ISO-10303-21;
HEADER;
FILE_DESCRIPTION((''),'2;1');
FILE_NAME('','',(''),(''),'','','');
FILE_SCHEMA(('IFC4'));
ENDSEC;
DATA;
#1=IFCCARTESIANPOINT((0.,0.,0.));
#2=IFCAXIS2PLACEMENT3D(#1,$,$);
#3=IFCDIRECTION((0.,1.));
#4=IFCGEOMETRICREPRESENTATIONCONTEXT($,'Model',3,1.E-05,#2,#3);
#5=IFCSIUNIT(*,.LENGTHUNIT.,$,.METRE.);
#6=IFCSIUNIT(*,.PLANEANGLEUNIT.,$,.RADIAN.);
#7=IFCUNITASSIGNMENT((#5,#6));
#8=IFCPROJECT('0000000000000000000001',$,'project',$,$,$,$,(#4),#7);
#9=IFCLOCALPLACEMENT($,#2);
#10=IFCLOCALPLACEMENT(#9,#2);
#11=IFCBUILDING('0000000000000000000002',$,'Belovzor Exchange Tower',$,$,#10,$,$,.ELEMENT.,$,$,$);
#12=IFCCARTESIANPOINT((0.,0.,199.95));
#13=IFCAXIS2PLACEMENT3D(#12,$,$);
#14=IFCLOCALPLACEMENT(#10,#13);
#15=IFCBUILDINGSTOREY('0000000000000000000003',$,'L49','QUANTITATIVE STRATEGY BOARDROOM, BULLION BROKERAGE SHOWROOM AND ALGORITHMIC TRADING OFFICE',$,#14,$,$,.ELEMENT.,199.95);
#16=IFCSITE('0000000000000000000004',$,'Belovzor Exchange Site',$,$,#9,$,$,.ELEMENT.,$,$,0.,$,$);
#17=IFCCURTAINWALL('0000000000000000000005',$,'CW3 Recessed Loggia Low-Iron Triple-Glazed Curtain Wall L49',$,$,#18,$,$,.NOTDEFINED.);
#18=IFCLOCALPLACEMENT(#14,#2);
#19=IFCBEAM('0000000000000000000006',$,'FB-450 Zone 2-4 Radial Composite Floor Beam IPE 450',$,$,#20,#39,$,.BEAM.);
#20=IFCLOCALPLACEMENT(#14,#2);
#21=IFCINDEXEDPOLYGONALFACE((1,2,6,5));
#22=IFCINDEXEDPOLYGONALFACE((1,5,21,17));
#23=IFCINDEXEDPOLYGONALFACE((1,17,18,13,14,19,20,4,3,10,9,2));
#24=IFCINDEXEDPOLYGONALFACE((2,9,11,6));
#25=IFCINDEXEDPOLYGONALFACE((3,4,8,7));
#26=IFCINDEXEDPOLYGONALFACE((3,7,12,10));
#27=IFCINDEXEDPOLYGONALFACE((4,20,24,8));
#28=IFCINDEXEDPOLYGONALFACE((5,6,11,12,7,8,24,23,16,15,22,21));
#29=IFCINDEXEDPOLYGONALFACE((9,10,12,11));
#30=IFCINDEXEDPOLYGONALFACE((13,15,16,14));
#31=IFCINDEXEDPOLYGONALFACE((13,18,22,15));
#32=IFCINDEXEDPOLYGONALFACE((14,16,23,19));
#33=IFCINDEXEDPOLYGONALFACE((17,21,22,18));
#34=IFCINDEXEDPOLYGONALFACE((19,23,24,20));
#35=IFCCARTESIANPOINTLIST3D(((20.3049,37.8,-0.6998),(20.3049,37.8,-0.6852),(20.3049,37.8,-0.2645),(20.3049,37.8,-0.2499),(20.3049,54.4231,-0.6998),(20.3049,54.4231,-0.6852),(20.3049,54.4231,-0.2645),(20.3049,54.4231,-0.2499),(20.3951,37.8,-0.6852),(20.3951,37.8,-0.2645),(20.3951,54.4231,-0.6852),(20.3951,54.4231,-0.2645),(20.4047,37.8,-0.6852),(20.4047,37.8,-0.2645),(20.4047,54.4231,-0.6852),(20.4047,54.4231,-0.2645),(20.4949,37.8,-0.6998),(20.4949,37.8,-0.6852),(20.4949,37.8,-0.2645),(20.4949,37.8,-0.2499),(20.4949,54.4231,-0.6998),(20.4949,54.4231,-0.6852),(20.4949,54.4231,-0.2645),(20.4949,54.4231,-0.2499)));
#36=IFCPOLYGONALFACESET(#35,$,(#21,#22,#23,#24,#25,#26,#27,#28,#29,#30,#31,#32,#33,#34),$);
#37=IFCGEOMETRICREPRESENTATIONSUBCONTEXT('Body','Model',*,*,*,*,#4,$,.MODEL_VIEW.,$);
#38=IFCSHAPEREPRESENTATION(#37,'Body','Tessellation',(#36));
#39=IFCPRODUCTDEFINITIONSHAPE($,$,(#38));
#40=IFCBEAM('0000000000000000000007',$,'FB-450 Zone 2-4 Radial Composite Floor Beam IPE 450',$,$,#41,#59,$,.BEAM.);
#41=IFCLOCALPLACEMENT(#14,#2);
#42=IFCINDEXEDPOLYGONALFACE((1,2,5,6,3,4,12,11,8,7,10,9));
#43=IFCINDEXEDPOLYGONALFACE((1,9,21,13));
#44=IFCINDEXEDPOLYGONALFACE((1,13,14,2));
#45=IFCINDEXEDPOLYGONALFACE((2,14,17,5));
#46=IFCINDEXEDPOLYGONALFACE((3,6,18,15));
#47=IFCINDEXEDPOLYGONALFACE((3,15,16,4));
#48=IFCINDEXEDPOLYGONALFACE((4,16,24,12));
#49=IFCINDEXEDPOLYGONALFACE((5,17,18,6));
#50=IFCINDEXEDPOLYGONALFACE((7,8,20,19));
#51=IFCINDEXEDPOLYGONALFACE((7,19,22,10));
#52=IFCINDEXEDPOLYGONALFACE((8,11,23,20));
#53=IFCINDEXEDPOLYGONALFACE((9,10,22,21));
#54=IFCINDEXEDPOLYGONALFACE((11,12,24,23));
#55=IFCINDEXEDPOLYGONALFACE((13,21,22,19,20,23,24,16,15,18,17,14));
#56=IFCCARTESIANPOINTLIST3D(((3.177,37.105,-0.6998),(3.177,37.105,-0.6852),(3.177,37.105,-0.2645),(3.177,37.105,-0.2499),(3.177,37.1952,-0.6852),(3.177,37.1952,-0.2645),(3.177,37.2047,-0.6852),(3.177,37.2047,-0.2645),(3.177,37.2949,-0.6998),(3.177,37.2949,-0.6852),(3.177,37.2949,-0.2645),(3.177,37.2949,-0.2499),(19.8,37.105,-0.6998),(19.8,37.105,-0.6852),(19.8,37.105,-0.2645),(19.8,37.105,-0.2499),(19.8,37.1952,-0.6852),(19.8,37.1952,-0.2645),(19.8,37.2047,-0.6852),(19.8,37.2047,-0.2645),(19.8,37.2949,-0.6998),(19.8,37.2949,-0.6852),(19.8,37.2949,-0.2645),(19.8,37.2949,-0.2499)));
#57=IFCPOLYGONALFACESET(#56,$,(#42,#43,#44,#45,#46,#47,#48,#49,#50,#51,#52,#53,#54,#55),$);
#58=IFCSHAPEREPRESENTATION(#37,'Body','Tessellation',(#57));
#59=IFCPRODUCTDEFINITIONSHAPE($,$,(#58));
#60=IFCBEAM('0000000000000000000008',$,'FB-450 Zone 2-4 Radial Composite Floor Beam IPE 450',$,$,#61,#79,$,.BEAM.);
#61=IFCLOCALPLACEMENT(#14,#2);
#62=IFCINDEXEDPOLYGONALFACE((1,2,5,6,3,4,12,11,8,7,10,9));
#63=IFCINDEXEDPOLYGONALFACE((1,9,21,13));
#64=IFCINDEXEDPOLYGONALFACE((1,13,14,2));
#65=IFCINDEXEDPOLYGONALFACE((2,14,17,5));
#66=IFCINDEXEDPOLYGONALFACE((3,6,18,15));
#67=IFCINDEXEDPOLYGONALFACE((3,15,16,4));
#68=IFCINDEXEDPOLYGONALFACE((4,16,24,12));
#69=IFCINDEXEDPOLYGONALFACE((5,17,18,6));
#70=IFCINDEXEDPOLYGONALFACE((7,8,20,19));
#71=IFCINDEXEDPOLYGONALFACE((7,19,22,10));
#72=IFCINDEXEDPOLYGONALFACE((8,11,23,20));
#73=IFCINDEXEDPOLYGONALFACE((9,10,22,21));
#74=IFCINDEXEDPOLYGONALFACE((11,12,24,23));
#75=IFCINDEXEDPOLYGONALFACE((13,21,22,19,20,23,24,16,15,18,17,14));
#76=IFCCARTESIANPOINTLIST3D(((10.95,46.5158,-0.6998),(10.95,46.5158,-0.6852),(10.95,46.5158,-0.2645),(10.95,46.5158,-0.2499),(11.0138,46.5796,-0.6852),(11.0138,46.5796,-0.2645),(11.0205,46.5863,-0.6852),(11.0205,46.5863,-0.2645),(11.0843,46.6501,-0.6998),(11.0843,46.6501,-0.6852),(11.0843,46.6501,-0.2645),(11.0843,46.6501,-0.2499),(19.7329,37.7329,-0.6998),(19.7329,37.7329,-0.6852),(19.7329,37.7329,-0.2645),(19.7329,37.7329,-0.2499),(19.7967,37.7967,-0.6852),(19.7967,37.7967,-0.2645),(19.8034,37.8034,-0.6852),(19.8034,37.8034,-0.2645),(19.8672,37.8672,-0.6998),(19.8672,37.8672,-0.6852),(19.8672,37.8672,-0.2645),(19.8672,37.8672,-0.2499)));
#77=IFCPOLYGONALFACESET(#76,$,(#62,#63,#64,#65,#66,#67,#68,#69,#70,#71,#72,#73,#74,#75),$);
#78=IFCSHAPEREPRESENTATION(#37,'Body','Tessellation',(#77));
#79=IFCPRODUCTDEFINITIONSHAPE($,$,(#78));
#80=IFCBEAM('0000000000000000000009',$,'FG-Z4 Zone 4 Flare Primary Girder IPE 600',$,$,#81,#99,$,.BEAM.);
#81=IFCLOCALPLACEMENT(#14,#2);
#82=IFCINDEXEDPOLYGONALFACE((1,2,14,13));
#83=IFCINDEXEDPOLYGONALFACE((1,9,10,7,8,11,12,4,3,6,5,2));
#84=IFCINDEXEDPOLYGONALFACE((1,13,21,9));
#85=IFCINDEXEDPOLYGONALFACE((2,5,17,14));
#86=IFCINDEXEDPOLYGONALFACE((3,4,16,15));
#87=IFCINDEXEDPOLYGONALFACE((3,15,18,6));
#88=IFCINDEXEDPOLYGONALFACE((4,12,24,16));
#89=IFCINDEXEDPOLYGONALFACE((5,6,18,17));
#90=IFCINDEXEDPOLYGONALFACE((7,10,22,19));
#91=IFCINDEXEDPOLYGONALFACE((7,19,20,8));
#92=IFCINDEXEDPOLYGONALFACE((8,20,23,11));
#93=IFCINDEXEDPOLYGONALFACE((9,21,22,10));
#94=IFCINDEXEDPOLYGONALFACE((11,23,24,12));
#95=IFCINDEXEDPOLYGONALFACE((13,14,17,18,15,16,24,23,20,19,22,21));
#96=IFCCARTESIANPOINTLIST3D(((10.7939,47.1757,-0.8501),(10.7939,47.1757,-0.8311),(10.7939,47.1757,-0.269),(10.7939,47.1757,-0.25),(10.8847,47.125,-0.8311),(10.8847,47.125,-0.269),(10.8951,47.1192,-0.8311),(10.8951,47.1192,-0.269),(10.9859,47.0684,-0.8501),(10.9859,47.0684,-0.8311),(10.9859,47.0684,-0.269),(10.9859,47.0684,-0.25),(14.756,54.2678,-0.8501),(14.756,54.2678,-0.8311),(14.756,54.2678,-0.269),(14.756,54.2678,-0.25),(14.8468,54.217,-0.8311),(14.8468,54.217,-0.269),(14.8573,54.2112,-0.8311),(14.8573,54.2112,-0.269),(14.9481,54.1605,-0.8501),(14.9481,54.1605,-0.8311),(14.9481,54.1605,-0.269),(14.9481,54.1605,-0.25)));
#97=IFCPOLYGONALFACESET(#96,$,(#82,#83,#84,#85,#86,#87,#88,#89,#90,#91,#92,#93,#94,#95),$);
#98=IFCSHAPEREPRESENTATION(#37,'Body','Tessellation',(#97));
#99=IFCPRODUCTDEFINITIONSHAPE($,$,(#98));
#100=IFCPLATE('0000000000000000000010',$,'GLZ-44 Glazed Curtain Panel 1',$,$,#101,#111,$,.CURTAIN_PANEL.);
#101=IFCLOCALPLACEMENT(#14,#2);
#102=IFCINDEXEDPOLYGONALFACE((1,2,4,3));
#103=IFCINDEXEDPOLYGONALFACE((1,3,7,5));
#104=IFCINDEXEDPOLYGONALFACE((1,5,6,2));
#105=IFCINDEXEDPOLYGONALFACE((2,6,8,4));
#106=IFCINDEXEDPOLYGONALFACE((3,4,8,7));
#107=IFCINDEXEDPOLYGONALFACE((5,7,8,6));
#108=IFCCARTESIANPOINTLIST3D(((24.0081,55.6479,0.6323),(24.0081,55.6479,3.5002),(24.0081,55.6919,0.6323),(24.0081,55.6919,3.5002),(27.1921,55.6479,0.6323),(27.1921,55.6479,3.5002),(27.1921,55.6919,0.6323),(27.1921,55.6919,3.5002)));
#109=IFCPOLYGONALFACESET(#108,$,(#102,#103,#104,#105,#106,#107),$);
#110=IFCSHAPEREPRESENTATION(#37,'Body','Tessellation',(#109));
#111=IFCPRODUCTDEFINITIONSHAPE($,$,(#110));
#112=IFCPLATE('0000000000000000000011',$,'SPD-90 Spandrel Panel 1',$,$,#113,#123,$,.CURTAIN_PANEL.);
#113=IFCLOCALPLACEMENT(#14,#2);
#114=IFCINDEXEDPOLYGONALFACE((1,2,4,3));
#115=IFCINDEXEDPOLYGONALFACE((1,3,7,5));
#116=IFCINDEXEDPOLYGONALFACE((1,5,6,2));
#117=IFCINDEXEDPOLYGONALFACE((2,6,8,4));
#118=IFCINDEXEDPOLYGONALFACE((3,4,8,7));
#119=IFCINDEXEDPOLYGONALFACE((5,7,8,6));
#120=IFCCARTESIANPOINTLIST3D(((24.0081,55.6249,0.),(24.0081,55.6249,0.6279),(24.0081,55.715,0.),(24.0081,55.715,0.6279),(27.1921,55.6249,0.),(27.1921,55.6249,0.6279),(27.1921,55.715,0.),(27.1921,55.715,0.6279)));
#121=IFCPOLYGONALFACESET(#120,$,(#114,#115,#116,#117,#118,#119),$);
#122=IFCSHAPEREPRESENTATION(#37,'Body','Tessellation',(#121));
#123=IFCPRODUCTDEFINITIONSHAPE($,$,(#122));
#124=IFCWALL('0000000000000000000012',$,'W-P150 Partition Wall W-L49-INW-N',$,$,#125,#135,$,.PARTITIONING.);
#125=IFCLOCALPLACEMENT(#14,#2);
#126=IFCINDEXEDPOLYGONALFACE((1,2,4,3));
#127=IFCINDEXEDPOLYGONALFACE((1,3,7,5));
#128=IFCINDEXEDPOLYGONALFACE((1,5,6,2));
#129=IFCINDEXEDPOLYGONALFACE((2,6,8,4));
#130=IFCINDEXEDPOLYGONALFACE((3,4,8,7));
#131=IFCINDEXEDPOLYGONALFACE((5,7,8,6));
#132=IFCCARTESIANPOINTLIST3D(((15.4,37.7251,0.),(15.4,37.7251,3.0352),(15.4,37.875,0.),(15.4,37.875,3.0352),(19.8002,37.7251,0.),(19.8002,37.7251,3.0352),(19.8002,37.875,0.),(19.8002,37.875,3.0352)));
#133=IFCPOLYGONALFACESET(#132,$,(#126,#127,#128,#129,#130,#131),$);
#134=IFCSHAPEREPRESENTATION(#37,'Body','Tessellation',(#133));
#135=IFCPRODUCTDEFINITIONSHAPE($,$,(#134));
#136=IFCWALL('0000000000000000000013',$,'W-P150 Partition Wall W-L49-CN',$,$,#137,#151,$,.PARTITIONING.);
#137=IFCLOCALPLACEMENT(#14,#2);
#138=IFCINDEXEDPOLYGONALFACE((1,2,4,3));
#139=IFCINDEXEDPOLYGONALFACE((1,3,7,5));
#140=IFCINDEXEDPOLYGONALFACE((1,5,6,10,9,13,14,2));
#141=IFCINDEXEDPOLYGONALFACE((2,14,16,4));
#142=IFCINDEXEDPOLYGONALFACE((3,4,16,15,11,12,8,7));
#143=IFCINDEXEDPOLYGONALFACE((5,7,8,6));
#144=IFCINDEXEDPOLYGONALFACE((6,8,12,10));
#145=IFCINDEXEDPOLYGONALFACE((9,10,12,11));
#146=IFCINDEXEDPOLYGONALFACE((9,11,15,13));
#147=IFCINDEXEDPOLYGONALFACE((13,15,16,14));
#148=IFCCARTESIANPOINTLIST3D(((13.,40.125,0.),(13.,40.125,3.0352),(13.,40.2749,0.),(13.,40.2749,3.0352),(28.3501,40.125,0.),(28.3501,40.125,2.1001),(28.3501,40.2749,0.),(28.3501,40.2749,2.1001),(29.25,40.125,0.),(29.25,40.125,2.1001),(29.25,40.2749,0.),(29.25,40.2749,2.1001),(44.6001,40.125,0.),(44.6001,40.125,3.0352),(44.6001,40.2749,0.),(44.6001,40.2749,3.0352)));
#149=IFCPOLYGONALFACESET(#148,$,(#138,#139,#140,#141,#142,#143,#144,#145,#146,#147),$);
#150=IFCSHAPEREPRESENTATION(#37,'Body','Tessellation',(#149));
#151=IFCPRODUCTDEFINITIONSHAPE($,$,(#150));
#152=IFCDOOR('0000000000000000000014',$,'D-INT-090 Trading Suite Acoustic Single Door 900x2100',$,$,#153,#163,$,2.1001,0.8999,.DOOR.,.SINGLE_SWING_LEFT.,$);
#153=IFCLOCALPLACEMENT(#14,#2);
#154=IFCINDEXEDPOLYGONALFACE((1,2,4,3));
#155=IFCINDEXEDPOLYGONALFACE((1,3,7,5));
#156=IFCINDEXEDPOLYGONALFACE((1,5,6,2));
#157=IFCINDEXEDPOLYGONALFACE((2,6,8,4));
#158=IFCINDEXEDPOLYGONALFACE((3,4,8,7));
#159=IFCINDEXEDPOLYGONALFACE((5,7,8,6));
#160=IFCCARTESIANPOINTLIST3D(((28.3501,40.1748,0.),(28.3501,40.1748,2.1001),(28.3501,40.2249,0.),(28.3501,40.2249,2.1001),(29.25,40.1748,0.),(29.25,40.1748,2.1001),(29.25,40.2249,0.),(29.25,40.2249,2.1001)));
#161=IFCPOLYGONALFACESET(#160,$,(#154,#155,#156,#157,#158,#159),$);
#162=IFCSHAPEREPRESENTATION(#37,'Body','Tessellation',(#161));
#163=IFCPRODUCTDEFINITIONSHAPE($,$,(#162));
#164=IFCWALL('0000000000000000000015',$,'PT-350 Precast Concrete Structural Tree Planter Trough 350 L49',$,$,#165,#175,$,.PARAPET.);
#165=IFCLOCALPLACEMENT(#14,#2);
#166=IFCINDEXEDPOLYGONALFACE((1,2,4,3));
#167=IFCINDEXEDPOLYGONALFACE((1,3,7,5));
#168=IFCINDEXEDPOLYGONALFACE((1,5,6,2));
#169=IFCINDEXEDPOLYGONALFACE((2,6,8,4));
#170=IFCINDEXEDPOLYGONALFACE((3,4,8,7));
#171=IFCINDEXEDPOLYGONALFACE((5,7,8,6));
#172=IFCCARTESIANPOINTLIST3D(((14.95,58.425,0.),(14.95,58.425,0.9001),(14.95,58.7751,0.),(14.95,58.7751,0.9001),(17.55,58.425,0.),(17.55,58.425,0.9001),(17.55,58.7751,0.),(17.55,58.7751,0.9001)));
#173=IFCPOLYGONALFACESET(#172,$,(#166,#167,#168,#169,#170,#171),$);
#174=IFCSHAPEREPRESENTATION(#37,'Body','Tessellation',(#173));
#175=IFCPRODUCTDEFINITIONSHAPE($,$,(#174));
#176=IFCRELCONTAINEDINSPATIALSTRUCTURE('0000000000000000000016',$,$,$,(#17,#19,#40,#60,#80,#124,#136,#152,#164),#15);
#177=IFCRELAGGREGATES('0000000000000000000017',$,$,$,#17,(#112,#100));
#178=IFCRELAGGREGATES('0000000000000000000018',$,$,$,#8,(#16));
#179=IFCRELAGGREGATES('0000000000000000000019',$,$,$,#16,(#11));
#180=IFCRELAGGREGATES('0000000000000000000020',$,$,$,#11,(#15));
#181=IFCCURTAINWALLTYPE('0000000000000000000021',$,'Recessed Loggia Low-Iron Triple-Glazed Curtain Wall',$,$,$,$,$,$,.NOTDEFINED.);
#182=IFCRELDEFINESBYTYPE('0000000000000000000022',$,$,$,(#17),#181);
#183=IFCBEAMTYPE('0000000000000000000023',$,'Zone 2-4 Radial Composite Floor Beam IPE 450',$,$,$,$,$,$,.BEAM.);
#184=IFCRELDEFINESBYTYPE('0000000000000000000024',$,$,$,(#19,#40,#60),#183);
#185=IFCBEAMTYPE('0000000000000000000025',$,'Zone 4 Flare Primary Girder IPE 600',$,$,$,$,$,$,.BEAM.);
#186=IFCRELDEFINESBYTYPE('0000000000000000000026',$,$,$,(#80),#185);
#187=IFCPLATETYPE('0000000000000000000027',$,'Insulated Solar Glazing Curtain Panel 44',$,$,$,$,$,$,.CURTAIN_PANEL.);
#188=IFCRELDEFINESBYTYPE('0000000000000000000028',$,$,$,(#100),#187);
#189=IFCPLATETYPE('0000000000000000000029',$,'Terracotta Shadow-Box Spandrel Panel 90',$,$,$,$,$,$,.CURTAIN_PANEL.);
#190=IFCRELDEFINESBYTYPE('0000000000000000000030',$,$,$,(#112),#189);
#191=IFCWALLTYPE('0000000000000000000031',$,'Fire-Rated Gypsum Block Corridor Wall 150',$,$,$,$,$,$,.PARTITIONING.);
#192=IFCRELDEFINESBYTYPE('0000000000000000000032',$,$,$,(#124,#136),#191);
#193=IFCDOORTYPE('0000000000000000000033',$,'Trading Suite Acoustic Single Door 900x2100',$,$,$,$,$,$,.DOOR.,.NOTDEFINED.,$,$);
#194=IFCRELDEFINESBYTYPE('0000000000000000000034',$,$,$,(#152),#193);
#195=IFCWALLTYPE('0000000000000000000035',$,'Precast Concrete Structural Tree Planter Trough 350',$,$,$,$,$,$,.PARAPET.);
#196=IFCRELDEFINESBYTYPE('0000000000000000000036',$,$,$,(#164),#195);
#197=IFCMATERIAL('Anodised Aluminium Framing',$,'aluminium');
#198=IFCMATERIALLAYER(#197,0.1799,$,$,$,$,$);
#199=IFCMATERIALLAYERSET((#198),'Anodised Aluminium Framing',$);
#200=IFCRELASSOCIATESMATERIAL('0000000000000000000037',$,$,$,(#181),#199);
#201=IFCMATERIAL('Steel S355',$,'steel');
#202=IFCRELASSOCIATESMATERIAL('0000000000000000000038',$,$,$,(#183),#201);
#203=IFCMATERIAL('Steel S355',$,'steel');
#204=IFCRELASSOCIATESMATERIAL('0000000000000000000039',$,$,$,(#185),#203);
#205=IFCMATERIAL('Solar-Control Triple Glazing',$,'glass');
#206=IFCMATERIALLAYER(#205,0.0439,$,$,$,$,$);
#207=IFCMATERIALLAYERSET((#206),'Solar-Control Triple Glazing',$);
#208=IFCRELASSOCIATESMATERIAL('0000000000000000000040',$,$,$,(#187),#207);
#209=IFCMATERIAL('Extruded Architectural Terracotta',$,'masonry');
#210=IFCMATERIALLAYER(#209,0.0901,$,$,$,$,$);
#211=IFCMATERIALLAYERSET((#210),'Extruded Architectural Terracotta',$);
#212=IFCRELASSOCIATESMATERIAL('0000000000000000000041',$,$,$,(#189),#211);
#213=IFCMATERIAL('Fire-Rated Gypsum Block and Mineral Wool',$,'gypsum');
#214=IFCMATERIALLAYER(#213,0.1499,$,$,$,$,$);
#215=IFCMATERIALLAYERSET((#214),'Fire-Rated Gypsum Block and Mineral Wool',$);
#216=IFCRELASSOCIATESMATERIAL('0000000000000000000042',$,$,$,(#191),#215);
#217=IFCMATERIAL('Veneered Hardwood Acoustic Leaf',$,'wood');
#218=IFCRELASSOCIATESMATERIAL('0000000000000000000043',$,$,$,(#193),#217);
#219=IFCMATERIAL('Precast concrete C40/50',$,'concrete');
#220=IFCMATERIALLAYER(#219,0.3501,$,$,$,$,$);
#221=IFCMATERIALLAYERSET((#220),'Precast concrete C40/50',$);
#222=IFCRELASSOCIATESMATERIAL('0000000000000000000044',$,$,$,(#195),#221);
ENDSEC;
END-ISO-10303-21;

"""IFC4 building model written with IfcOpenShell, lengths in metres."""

from ifc_helpers import new_model, si_unit, direction, frame, frame_2d, origin, origin_2d, place, context, subcontext, project, spatial, rectangle, i_section, extrude, material, layer, layer_set, material_profile, profile_set, type_object, element, fill, aggregate, save


model = new_model("IFC4")

# Units and contexts
model_context = context("Model", 3, precision=1e-05, world=origin(), true_north=direction((0.0, 1.0)))
body_context = subcontext(model_context, "Body", "Model", "MODEL_VIEW")
ifc_project = project(units=[si_unit("LENGTHUNIT", "METRE"), si_unit("PLANEANGLEUNIT", "RADIAN")], contexts=[model_context])

# Site, building, storey
site_placement = place(None, origin())
site = spatial("IfcSite", under=ifc_project, at=site_placement, Name="Belovzor Exchange Site", CompositionType="ELEMENT", RefElevation=0.0)
building_placement = place(site_placement, origin())
building = spatial("IfcBuilding", under=site, at=building_placement, Name="Belovzor Exchange Tower", CompositionType="ELEMENT")
storey_placement = place(building_placement, frame((0.0, 0.0, 199.95)))
storey = spatial("IfcBuildingStorey", under=building, at=storey_placement, Name="L49", Description="QUANTITATIVE STRATEGY BOARDROOM, BULLION BROKERAGE SHOWROOM AND ALGORITHMIC TRADING OFFICE", CompositionType="ELEMENT", Elevation=199.95)

# Curtain wall
ifc_material_1 = material(Name="Anodised Aluminium Framing", Category="aluminium")
ifc_layer_1 = layer(ifc_material_1, 0.1799)
ifc_layer_set_1 = layer_set([ifc_layer_1], Name="Anodised Aluminium Framing")
curtain_wall_type = type_object("IfcCurtainWallType", Name="Recessed Loggia Low-Iron Triple-Glazed Curtain Wall", PredefinedType="NOTDEFINED", material=ifc_layer_set_1)
curtain_wall_placement = place(storey_placement, origin())
curtain_wall = element("IfcCurtainWall", 1, at=curtain_wall_placement, inside=storey, type_object=curtain_wall_type, Name="CW3 Recessed Loggia Low-Iron Triple-Glazed Curtain Wall L49", PredefinedType="NOTDEFINED")

# Beams
ifc_material_2 = material(Name="Steel S355", Category="steel")
ifc_material_profile_1 = material_profile(ifc_material_2, i_section(OverallWidth=0.1899, OverallDepth=0.45, WebThickness=0.0095, FlangeThickness=0.0146, at=origin_2d()))
ifc_profile_set_1 = profile_set([ifc_material_profile_1], Name="Steel S355")
beam_type_1 = type_object("IfcBeamType", Name="Zone 2-4 Radial Composite Floor Beam IPE 450", PredefinedType="BEAM", material=ifc_profile_set_1)
for number, where, z_axis, x_axis, name in (
    (2, (20.3999, 37.8, -0.4749), (0.0, 1.0, 0.0), (-1.0, 0.0, 0.0), "FB-450 Zone 2-4 Radial Composite Floor Beam IPE 450"),
    (3, (19.8, 37.2, -0.4749), (-1.0, 0.0, 0.0), (0.0, -1.0, 0.0), "FB-450 Zone 2-4 Radial Composite Floor Beam IPE 450"),
):
    element("IfcBeam", number, at=place(storey_placement, frame(where, z_axis=z_axis, x_axis=x_axis)), inside=storey, type_object=beam_type_1, Name=name, PredefinedType="BEAM", context=body_context, shape_type="SweptSolid", body=[
        extrude(i_section(OverallWidth=0.1899, OverallDepth=0.45, WebThickness=0.0095, FlangeThickness=0.0146, at=origin_2d()), origin(), (0.0, 0.0, 1.0), 16.623),
    ])
beam_1_placement = place(storey_placement, frame((19.8, 37.8, -0.4749), z_axis=(-0.707107, 0.707107, 0.0), x_axis=(-0.707107, -0.707107, 0.0)))
element("IfcBeam", 4, at=beam_1_placement, inside=storey, type_object=beam_type_1, Name="FB-450 Zone 2-4 Radial Composite Floor Beam IPE 450", PredefinedType="BEAM", context=body_context, shape_type="SweptSolid", body=[
    extrude(i_section(OverallWidth=0.1899, OverallDepth=0.45, WebThickness=0.0095, FlangeThickness=0.0146, at=origin_2d()), origin(), (0.0, 0.0, 1.0), 12.4209),
])
ifc_material_3 = material(Name="Steel S355", Category="steel")
ifc_material_profile_2 = material_profile(ifc_material_3, i_section(OverallWidth=0.22, OverallDepth=0.6001, WebThickness=0.012, FlangeThickness=0.019, at=origin_2d()))
ifc_profile_set_2 = profile_set([ifc_material_profile_2], Name="Steel S355")
beam_type_2 = type_object("IfcBeamType", Name="Zone 4 Flare Primary Girder IPE 600", PredefinedType="BEAM", material=ifc_profile_set_2)
beam_2_placement = place(storey_placement, frame((14.8521, 54.2141, -0.55), z_axis=(-0.487724, -0.872998, 0.0), x_axis=(0.872998, -0.487724, 0.0)))
element("IfcBeam", 5, at=beam_2_placement, inside=storey, type_object=beam_type_2, Name="FG-Z4 Zone 4 Flare Primary Girder IPE 600", PredefinedType="BEAM", context=body_context, shape_type="SweptSolid", body=[
    extrude(i_section(OverallWidth=0.22, OverallDepth=0.6001, WebThickness=0.012, FlangeThickness=0.019, at=origin_2d()), origin(), (0.0, 0.0, 1.0), 8.1238),
])

# Plates
ifc_material_4 = material(Name="Solar-Control Triple Glazing", Category="glass")
ifc_layer_2 = layer(ifc_material_4, 0.0439)
ifc_layer_set_2 = layer_set([ifc_layer_2], Name="Solar-Control Triple Glazing")
plate_type_1 = type_object("IfcPlateType", Name="Insulated Solar Glazing Curtain Panel 44", PredefinedType="CURTAIN_PANEL", material=ifc_layer_set_2)
plate_1_placement = place(storey_placement, frame((25.6001, 55.6699, 0.6323), z_axis=(0.0, 0.0, 1.0), x_axis=(1.0, 0.0, 0.0)))
plate_1 = element("IfcPlate", 6, at=plate_1_placement, type_object=plate_type_1, Name="GLZ-44 Glazed Curtain Panel 1", PredefinedType="CURTAIN_PANEL", context=body_context, shape_type="SweptSolid", body=[
    extrude(rectangle(XDim=3.1841, YDim=0.0439, at=origin_2d()), origin(), (0.0, 0.0, 1.0), 2.8679),
])
ifc_material_5 = material(Name="Extruded Architectural Terracotta", Category="masonry")
ifc_layer_3 = layer(ifc_material_5, 0.0901)
ifc_layer_set_3 = layer_set([ifc_layer_3], Name="Extruded Architectural Terracotta")
plate_type_2 = type_object("IfcPlateType", Name="Terracotta Shadow-Box Spandrel Panel 90", PredefinedType="CURTAIN_PANEL", material=ifc_layer_set_3)
plate_2_placement = place(storey_placement, frame((25.6001, 55.6699, 0.0), z_axis=(0.0, 0.0, 1.0), x_axis=(1.0, 0.0, 0.0)))
plate_2 = element("IfcPlate", 7, at=plate_2_placement, type_object=plate_type_2, Name="SPD-90 Spandrel Panel 1", PredefinedType="CURTAIN_PANEL", context=body_context, shape_type="SweptSolid", body=[
    extrude(rectangle(XDim=3.1841, YDim=0.0901, at=origin_2d()), origin(), (0.0, 0.0, 1.0), 0.6279),
])
aggregate(curtain_wall, [plate_2, plate_1])

# Wall
ifc_material_6 = material(Name="Fire-Rated Gypsum Block and Mineral Wool", Category="gypsum")
ifc_layer_4 = layer(ifc_material_6, 0.1499)
ifc_layer_set_4 = layer_set([ifc_layer_4], Name="Fire-Rated Gypsum Block and Mineral Wool")
wall_type_1 = type_object("IfcWallType", Name="Fire-Rated Gypsum Block Corridor Wall 150", PredefinedType="PARTITIONING", material=ifc_layer_set_4)
wall_1_placement = place(storey_placement, frame((15.3999, 37.8, 0.0), z_axis=(0.0, 0.0, 1.0), x_axis=(1.0, 0.0, 0.0)))
element("IfcWall", 8, at=wall_1_placement, inside=storey, type_object=wall_type_1, Name="W-P150 Partition Wall W-L49-INW-N", PredefinedType="PARTITIONING", context=body_context, shape_type="SweptSolid", body=[
    extrude(rectangle(XDim=4.4001, YDim=0.1499, at=frame_2d((2.2002, 0.0))), origin(), (0.0, 0.0, 1.0), 3.0352),
])

# Wall, opening, door
wall_2_placement = place(storey_placement, frame((13.0, 40.2, 0.0), z_axis=(0.0, 0.0, 1.0), x_axis=(1.0, 0.0, 0.0)))
wall_2 = element("IfcWall", 9, at=wall_2_placement, inside=storey, type_object=wall_type_1, Name="W-P150 Partition Wall W-L49-CN", PredefinedType="PARTITIONING", context=body_context, shape_type="SweptSolid", body=[
    extrude(rectangle(XDim=31.6001, YDim=0.1499, at=frame_2d((15.8, 0.0))), origin(), (0.0, 0.0, 1.0), 3.0352),
])
opening_1_placement = place(wall_2_placement, frame((15.3501, 0.0, 0.0)))
opening_1 = element("IfcOpeningElement", 10, at=opening_1_placement, cuts=wall_2, PredefinedType="OPENING", context=body_context, shape_type="SweptSolid", body=[
    extrude(rectangle(XDim=0.8999, YDim=2.1001, at=frame_2d((0.45, 1.05))), frame((0.0, 0.085, 0.0), z_axis=(0.0, -1.0, 0.0), x_axis=(1.0, 0.0, 0.0)), (0.0, 0.0, 1.0), 0.1699),
])
ifc_material_7 = material(Name="Veneered Hardwood Acoustic Leaf", Category="wood")
door_type_1 = type_object("IfcDoorType", Name="Trading Suite Acoustic Single Door 900x2100", OperationType="NOTDEFINED", PredefinedType="DOOR", material=ifc_material_7)
door_1_placement = place(opening_1_placement, origin())
door_1 = element("IfcDoor", 11, at=door_1_placement, inside=storey, type_object=door_type_1, Name="D-INT-090 Trading Suite Acoustic Single Door 900x2100", OperationType="SINGLE_SWING_LEFT", OverallHeight=2.1001, OverallWidth=0.8999, PredefinedType="DOOR", context=body_context, shape_type="SweptSolid", body=[
    extrude(rectangle(XDim=0.8999, YDim=2.1001, at=frame_2d((0.45, 1.05))), frame((0.0, 0.0249, 0.0), z_axis=(0.0, -1.0, 0.0), x_axis=(1.0, 0.0, 0.0)), (0.0, 0.0, 1.0), 0.05),
])
fill(opening_1, door_1)

# Wall
ifc_material_8 = material(Name="Precast concrete C40/50", Category="concrete")
ifc_layer_5 = layer(ifc_material_8, 0.3501)
ifc_layer_set_5 = layer_set([ifc_layer_5], Name="Precast concrete C40/50")
wall_type_2 = type_object("IfcWallType", Name="Precast Concrete Structural Tree Planter Trough 350", PredefinedType="PARAPET", material=ifc_layer_set_5)
wall_3_placement = place(storey_placement, frame((14.95, 58.6001, 0.0), z_axis=(0.0, 0.0, 1.0), x_axis=(1.0, 0.0, 0.0)))
element("IfcWall", 12, at=wall_3_placement, inside=storey, type_object=wall_type_2, Name="PT-350 Precast Concrete Structural Tree Planter Trough 350 L49", PredefinedType="PARAPET", context=body_context, shape_type="SweptSolid", body=[
    extrude(rectangle(XDim=2.6001, YDim=0.3501, at=frame_2d((1.3, 0.0))), origin(), (0.0, 0.0, 1.0), 0.9001),
])

save(model, "model.ifc")
